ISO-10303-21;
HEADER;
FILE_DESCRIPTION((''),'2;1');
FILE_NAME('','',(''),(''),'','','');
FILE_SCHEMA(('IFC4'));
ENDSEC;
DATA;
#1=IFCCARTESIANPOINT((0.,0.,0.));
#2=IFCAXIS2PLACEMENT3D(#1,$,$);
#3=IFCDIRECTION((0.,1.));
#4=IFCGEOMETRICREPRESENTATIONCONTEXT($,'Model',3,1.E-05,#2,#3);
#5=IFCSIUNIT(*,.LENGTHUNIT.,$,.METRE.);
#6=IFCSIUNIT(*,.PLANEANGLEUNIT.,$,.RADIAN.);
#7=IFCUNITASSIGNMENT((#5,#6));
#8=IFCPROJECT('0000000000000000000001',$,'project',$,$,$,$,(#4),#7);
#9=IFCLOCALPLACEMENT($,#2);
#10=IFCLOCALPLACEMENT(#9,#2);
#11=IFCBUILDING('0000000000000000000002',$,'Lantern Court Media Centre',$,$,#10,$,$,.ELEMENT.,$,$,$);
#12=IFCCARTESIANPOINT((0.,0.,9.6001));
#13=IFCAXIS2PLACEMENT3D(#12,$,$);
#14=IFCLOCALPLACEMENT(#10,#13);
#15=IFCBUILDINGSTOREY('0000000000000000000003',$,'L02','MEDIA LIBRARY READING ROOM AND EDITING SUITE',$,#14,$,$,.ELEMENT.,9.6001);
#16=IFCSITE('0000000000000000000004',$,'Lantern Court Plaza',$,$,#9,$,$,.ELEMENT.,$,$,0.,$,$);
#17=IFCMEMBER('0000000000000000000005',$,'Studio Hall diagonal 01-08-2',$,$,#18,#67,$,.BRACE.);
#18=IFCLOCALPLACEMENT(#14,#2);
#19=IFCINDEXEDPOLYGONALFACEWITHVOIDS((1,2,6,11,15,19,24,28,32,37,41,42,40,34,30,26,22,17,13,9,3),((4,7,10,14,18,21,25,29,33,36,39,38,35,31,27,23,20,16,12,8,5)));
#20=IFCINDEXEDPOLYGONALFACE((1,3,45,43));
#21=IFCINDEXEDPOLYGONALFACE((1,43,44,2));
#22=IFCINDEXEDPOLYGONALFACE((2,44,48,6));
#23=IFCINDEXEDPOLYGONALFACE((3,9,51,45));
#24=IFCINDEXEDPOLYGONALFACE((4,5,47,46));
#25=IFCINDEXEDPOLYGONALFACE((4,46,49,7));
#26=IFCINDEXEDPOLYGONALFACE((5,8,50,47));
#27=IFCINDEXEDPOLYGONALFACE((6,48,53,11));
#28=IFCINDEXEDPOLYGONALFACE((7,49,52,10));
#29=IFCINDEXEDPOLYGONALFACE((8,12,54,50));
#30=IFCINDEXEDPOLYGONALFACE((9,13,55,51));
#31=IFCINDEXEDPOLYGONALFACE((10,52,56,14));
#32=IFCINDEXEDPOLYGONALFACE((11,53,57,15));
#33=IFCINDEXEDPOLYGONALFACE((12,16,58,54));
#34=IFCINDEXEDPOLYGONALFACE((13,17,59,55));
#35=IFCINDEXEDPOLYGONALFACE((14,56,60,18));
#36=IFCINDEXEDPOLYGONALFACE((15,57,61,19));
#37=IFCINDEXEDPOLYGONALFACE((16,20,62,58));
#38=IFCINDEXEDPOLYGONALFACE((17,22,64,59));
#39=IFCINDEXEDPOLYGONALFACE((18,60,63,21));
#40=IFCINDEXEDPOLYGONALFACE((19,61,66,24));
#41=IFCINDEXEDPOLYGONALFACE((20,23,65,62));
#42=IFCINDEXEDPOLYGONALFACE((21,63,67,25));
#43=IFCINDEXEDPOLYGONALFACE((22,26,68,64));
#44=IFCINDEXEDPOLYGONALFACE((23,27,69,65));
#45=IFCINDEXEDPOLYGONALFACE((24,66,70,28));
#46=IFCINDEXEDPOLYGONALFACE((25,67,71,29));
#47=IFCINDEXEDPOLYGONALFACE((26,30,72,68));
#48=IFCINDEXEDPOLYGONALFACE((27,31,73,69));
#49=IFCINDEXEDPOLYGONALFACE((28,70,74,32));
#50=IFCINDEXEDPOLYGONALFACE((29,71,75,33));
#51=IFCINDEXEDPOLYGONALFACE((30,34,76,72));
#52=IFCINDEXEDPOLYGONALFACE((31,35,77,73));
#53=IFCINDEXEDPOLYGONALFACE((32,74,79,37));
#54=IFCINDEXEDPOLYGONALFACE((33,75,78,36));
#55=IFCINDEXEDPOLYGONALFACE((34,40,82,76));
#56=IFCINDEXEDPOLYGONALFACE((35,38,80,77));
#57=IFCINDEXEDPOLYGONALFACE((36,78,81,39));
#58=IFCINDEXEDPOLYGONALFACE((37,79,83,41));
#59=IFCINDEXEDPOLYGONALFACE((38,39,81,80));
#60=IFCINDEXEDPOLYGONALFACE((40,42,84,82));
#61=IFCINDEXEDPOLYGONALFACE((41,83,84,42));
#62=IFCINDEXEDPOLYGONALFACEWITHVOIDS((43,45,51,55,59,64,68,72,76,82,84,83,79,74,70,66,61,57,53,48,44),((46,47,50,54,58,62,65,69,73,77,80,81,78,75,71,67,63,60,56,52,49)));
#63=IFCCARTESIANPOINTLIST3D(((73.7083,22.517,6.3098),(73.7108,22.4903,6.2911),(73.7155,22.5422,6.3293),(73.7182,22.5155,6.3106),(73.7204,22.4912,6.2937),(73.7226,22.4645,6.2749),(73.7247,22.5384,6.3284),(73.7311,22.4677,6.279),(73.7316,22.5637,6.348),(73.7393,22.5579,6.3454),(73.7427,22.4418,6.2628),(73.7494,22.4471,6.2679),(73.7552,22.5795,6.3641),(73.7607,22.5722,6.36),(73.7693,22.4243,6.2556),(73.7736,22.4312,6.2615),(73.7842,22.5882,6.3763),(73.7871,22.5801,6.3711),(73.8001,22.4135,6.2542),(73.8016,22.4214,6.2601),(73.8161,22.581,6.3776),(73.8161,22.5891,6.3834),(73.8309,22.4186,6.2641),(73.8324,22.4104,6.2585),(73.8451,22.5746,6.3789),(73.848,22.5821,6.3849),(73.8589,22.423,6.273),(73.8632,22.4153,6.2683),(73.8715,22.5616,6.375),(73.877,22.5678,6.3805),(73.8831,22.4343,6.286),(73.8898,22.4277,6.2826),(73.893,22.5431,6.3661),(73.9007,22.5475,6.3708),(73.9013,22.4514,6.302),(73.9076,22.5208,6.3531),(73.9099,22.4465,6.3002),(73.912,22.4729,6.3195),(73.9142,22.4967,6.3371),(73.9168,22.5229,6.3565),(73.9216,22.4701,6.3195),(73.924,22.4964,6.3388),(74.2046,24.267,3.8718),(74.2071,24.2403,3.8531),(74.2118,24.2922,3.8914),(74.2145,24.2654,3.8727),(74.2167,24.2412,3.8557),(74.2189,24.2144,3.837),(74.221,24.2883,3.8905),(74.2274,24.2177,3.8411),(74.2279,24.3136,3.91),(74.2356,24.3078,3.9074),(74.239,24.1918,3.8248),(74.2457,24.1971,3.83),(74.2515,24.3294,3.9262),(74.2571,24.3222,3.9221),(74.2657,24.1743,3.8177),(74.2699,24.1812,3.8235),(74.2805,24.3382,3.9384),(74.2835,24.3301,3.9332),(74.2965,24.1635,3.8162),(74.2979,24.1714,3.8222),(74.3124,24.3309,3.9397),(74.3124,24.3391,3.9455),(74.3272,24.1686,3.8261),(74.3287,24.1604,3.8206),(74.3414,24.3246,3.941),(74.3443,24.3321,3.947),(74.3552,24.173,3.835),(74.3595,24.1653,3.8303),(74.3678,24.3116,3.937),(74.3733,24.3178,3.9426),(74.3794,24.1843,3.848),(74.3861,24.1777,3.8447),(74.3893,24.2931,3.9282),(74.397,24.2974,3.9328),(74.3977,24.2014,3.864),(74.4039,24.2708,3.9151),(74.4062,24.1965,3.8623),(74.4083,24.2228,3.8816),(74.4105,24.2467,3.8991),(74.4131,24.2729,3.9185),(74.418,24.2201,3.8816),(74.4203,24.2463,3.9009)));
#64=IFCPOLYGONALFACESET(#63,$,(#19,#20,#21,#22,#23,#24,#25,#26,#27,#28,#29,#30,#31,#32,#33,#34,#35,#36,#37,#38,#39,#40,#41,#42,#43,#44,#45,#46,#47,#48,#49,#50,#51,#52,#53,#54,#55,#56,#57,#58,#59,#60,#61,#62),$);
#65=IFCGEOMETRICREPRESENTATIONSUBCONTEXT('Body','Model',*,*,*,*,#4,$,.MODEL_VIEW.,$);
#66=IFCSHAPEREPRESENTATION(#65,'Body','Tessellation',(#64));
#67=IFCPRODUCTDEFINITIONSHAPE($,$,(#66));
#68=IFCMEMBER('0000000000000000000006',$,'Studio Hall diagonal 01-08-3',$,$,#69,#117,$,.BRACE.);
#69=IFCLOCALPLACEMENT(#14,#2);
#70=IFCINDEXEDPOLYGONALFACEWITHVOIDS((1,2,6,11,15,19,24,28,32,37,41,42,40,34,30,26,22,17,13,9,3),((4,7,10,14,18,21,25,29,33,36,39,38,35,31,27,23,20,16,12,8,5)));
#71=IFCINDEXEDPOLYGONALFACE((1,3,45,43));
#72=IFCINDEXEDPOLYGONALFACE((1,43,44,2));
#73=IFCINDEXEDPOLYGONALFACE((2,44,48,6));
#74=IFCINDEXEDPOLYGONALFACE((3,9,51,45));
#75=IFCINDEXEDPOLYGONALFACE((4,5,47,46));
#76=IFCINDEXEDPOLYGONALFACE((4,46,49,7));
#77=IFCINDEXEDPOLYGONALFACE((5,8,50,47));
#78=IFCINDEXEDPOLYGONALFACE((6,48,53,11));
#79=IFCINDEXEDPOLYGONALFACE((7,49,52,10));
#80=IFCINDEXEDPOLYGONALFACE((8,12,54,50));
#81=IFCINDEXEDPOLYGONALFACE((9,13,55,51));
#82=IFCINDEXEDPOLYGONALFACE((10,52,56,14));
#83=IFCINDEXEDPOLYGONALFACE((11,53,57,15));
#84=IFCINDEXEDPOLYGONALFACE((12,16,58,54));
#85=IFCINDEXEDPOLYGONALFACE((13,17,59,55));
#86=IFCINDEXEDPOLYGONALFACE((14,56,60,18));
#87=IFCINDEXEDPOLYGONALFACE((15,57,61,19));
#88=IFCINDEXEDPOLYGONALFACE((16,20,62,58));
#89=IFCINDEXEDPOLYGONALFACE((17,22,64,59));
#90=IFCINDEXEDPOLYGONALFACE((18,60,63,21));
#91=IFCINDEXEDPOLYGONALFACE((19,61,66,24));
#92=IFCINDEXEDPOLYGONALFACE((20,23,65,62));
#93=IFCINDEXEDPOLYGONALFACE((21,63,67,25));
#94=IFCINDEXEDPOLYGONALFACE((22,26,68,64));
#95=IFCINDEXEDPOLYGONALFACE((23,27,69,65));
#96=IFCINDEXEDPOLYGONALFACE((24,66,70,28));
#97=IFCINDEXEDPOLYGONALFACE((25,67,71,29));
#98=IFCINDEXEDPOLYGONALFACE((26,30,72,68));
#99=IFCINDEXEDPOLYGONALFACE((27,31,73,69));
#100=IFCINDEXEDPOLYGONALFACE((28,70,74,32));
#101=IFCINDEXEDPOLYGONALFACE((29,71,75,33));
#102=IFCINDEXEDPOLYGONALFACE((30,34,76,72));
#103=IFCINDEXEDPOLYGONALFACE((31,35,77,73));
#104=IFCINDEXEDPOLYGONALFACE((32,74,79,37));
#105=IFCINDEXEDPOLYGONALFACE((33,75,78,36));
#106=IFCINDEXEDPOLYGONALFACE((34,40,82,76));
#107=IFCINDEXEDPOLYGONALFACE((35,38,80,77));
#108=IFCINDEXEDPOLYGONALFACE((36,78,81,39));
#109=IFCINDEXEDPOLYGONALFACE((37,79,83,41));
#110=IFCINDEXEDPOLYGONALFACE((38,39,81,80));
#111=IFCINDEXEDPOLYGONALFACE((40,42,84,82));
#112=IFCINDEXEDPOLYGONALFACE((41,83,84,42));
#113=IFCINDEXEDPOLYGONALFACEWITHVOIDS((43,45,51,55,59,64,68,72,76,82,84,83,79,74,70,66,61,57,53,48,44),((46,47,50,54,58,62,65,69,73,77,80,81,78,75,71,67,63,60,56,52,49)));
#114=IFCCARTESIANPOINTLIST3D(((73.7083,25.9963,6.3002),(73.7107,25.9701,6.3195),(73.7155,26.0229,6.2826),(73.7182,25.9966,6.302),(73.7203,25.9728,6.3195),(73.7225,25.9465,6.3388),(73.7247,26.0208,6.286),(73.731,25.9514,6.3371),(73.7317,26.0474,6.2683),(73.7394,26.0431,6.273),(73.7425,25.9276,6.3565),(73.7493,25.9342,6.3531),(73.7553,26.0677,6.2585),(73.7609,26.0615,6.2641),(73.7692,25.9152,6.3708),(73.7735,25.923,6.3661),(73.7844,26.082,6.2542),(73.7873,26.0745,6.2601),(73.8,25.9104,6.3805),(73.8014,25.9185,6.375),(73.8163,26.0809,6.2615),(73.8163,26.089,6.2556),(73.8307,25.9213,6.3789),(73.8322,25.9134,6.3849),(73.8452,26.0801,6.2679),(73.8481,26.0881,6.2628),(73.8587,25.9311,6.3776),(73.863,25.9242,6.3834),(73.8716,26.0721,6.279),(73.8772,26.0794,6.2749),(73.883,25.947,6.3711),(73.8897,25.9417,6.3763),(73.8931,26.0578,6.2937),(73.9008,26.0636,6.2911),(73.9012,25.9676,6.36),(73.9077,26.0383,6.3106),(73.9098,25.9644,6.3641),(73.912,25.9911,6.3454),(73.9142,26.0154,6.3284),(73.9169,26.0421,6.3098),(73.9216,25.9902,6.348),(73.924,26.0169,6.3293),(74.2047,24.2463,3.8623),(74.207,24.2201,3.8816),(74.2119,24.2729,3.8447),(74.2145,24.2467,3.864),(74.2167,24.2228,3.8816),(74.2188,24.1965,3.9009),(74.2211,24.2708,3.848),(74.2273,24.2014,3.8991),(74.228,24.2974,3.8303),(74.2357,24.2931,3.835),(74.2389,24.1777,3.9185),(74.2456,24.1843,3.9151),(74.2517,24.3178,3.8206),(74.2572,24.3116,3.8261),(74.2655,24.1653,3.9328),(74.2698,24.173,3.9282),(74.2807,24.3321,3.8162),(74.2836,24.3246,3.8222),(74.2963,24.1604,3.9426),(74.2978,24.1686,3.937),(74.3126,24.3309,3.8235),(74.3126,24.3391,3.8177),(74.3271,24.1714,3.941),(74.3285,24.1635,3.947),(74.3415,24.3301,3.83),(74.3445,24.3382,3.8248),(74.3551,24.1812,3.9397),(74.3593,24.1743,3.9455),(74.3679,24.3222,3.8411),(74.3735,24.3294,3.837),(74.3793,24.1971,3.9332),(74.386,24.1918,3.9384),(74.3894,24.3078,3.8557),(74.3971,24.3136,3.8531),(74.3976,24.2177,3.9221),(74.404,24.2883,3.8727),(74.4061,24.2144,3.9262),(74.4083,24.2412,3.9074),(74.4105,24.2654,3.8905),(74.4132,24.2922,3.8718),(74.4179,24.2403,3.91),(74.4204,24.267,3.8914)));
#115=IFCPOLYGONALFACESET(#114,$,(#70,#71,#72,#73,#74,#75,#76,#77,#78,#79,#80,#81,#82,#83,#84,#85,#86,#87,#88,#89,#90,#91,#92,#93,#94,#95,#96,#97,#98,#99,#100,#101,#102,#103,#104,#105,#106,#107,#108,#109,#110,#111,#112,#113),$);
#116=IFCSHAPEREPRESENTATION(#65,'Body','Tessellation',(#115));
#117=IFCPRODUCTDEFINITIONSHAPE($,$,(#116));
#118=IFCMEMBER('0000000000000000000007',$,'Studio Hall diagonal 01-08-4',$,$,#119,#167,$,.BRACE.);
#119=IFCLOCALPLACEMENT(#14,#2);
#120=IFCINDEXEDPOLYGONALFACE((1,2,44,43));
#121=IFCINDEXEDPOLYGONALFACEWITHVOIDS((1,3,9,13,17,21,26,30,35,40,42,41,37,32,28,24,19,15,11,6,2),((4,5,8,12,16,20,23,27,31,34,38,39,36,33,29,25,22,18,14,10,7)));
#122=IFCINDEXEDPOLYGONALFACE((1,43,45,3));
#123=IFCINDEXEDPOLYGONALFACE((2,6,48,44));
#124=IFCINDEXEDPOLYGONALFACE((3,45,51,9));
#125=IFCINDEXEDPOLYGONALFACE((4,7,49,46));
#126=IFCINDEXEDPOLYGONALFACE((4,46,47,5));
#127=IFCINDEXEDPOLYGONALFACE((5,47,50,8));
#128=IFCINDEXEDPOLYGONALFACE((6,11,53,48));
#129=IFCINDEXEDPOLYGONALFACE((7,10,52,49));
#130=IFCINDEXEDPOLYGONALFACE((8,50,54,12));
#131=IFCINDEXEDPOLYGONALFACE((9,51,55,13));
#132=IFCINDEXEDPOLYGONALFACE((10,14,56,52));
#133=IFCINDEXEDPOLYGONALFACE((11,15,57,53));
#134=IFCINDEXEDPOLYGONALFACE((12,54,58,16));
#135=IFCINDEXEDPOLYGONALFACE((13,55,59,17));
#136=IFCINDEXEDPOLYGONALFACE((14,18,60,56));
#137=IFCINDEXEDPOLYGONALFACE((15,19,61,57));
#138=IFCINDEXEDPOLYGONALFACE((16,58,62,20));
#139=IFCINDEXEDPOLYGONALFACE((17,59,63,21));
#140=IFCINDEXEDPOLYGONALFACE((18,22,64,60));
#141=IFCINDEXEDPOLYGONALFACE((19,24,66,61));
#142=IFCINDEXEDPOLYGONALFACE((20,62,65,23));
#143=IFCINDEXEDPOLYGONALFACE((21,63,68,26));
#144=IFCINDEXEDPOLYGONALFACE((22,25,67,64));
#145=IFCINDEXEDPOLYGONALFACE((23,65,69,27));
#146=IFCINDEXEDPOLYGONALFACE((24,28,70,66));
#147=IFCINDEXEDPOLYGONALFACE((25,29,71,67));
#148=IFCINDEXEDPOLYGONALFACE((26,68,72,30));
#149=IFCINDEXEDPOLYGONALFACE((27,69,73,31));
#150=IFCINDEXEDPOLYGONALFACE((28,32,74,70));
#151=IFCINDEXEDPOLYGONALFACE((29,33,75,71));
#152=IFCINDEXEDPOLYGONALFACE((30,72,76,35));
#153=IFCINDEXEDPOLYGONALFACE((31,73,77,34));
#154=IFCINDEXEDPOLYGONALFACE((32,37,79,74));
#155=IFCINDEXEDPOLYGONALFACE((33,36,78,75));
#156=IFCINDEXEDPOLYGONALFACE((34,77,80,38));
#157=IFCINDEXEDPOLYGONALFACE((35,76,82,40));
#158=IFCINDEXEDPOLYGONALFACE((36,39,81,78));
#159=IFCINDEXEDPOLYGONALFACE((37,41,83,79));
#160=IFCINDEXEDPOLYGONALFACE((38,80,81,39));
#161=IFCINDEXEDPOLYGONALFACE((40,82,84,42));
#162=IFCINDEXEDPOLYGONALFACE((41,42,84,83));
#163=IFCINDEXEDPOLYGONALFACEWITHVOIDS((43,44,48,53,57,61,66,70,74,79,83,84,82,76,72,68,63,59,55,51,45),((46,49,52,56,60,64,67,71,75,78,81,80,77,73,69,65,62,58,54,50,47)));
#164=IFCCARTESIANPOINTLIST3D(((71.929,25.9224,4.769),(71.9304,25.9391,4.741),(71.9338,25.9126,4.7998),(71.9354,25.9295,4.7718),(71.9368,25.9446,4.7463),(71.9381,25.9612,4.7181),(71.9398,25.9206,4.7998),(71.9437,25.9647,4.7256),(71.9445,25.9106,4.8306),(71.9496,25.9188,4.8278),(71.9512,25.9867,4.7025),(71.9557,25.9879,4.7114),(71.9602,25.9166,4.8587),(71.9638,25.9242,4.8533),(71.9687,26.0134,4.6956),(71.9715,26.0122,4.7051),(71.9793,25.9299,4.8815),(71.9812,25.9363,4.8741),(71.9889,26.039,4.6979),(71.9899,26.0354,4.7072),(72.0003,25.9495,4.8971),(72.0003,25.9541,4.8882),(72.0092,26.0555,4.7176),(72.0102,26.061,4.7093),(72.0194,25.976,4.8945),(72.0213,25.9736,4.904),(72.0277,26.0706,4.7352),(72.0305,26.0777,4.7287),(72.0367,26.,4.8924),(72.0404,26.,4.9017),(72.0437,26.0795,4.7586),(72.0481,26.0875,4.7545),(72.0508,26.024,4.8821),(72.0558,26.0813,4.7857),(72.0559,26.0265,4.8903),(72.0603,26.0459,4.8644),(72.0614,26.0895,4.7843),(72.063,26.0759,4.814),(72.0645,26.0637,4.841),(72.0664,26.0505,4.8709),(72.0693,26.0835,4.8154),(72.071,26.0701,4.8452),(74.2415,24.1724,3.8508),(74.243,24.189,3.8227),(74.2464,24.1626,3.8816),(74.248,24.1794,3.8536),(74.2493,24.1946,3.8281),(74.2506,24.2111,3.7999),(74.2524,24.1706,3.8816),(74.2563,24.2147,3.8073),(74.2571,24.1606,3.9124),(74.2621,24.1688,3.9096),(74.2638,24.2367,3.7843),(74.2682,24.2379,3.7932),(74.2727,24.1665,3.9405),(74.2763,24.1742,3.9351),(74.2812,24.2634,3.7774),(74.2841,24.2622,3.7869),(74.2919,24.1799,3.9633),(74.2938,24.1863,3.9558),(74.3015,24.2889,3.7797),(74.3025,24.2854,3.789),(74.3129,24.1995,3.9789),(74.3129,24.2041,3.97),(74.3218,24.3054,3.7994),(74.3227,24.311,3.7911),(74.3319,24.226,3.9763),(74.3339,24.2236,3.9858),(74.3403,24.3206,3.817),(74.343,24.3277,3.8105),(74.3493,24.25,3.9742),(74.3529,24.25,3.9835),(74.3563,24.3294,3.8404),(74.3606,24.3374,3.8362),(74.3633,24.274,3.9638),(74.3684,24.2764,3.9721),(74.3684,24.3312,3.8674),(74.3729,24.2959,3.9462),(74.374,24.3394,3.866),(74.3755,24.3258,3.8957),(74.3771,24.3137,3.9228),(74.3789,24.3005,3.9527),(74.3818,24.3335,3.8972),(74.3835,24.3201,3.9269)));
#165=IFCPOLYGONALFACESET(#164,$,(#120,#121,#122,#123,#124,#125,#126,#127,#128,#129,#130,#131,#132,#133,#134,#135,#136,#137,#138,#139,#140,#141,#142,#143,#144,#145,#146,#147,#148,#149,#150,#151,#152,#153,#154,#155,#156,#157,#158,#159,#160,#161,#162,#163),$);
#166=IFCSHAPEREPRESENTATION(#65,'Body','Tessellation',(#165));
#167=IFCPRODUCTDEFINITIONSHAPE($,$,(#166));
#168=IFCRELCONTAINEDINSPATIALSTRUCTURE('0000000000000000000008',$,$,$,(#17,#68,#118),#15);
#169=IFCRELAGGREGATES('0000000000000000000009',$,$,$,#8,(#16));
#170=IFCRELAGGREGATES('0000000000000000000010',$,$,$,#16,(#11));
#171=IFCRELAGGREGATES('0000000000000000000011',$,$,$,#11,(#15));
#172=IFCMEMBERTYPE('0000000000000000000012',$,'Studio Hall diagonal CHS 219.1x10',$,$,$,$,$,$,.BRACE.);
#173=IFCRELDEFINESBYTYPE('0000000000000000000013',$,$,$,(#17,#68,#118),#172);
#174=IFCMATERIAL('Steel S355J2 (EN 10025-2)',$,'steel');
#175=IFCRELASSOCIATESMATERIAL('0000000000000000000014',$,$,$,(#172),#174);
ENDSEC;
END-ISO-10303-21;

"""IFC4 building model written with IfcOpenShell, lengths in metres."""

from ifc_helpers import new_model, si_unit, direction, frame, origin, origin_2d, place, context, subcontext, project, spatial, hollow_circle, extrude, material, material_profile, profile_set, type_object, element, save


model = new_model("IFC4")

# Units and contexts
model_context = context("Model", 3, precision=1e-05, world=origin(), true_north=direction((0.0, 1.0)))
body_context = subcontext(model_context, "Body", "Model", "MODEL_VIEW")
ifc_project = project(units=[si_unit("LENGTHUNIT", "METRE"), si_unit("PLANEANGLEUNIT", "RADIAN")], contexts=[model_context])

# Site, building, storey
site_placement = place(None, origin())
site = spatial("IfcSite", under=ifc_project, at=site_placement, Name="Lantern Court Plaza", CompositionType="ELEMENT", RefElevation=0.0)
building_placement = place(site_placement, origin())
building = spatial("IfcBuilding", under=site, at=building_placement, Name="Lantern Court Media Centre", CompositionType="ELEMENT")
storey_placement = place(building_placement, frame((0.0, 0.0, 9.6001)))
storey = spatial("IfcBuildingStorey", under=building, at=storey_placement, Name="L02", Description="MEDIA LIBRARY READING ROOM AND EDITING SUITE", CompositionType="ELEMENT", Elevation=9.6001)

# Members
ifc_material_1 = material(Name="Steel S355J2 (EN 10025-2)", Category="steel")
ifc_material_profile_1 = material_profile(ifc_material_1, hollow_circle(Radius=0.1096, WallThickness=0.01, at=origin_2d()), Name="Studio Hall diagonal CHS 219.1x10")
ifc_profile_set_1 = profile_set([ifc_material_profile_1], Name="Steel S355J2 (EN 10025-2)")
member_type_1 = type_object("IfcMemberType", Name="Studio Hall diagonal CHS 219.1x10", PredefinedType="BRACE", material=ifc_profile_set_1)
for number, where, z_axis, x_axis, name in (
    (1, (74.3125, 24.25, 3.8816), (-0.163172, -0.575314, 0.801491), (0.962054, -0.272859, 0.0), "Studio Hall diagonal 01-08-2"),
    (2, (74.3125, 24.25, 3.8816), (-0.163172, 0.575314, 0.801491), (-0.962054, -0.272859, 0.0), "Studio Hall diagonal 01-08-3"),
):
    element("IfcMember", number, at=place(storey_placement, frame(where, z_axis=z_axis, x_axis=x_axis)), inside=storey, type_object=member_type_1, Name=name, PredefinedType="BRACE", context=body_context, shape_type="SweptSolid", body=[
        extrude(hollow_circle(Radius=0.1096, WallThickness=0.01, at=origin_2d()), origin(), (0.0, 0.0, 1.0), 3.0417),
    ])
member_1_placement = place(storey_placement, frame((74.3125, 24.25, 3.8816), z_axis=(-0.760211, 0.575295, 0.301853), x_axis=(-0.603443, -0.797406, 0.0)))
element("IfcMember", 3, at=member_1_placement, inside=storey, type_object=member_type_1, Name="Studio Hall diagonal 01-08-4", PredefinedType="BRACE", context=body_context, shape_type="SweptSolid", body=[
    extrude(hollow_circle(Radius=0.1096, WallThickness=0.01, at=origin_2d()), origin(), (0.0, 0.0, 1.0), 3.042),
])

save(model, "model.ifc")
